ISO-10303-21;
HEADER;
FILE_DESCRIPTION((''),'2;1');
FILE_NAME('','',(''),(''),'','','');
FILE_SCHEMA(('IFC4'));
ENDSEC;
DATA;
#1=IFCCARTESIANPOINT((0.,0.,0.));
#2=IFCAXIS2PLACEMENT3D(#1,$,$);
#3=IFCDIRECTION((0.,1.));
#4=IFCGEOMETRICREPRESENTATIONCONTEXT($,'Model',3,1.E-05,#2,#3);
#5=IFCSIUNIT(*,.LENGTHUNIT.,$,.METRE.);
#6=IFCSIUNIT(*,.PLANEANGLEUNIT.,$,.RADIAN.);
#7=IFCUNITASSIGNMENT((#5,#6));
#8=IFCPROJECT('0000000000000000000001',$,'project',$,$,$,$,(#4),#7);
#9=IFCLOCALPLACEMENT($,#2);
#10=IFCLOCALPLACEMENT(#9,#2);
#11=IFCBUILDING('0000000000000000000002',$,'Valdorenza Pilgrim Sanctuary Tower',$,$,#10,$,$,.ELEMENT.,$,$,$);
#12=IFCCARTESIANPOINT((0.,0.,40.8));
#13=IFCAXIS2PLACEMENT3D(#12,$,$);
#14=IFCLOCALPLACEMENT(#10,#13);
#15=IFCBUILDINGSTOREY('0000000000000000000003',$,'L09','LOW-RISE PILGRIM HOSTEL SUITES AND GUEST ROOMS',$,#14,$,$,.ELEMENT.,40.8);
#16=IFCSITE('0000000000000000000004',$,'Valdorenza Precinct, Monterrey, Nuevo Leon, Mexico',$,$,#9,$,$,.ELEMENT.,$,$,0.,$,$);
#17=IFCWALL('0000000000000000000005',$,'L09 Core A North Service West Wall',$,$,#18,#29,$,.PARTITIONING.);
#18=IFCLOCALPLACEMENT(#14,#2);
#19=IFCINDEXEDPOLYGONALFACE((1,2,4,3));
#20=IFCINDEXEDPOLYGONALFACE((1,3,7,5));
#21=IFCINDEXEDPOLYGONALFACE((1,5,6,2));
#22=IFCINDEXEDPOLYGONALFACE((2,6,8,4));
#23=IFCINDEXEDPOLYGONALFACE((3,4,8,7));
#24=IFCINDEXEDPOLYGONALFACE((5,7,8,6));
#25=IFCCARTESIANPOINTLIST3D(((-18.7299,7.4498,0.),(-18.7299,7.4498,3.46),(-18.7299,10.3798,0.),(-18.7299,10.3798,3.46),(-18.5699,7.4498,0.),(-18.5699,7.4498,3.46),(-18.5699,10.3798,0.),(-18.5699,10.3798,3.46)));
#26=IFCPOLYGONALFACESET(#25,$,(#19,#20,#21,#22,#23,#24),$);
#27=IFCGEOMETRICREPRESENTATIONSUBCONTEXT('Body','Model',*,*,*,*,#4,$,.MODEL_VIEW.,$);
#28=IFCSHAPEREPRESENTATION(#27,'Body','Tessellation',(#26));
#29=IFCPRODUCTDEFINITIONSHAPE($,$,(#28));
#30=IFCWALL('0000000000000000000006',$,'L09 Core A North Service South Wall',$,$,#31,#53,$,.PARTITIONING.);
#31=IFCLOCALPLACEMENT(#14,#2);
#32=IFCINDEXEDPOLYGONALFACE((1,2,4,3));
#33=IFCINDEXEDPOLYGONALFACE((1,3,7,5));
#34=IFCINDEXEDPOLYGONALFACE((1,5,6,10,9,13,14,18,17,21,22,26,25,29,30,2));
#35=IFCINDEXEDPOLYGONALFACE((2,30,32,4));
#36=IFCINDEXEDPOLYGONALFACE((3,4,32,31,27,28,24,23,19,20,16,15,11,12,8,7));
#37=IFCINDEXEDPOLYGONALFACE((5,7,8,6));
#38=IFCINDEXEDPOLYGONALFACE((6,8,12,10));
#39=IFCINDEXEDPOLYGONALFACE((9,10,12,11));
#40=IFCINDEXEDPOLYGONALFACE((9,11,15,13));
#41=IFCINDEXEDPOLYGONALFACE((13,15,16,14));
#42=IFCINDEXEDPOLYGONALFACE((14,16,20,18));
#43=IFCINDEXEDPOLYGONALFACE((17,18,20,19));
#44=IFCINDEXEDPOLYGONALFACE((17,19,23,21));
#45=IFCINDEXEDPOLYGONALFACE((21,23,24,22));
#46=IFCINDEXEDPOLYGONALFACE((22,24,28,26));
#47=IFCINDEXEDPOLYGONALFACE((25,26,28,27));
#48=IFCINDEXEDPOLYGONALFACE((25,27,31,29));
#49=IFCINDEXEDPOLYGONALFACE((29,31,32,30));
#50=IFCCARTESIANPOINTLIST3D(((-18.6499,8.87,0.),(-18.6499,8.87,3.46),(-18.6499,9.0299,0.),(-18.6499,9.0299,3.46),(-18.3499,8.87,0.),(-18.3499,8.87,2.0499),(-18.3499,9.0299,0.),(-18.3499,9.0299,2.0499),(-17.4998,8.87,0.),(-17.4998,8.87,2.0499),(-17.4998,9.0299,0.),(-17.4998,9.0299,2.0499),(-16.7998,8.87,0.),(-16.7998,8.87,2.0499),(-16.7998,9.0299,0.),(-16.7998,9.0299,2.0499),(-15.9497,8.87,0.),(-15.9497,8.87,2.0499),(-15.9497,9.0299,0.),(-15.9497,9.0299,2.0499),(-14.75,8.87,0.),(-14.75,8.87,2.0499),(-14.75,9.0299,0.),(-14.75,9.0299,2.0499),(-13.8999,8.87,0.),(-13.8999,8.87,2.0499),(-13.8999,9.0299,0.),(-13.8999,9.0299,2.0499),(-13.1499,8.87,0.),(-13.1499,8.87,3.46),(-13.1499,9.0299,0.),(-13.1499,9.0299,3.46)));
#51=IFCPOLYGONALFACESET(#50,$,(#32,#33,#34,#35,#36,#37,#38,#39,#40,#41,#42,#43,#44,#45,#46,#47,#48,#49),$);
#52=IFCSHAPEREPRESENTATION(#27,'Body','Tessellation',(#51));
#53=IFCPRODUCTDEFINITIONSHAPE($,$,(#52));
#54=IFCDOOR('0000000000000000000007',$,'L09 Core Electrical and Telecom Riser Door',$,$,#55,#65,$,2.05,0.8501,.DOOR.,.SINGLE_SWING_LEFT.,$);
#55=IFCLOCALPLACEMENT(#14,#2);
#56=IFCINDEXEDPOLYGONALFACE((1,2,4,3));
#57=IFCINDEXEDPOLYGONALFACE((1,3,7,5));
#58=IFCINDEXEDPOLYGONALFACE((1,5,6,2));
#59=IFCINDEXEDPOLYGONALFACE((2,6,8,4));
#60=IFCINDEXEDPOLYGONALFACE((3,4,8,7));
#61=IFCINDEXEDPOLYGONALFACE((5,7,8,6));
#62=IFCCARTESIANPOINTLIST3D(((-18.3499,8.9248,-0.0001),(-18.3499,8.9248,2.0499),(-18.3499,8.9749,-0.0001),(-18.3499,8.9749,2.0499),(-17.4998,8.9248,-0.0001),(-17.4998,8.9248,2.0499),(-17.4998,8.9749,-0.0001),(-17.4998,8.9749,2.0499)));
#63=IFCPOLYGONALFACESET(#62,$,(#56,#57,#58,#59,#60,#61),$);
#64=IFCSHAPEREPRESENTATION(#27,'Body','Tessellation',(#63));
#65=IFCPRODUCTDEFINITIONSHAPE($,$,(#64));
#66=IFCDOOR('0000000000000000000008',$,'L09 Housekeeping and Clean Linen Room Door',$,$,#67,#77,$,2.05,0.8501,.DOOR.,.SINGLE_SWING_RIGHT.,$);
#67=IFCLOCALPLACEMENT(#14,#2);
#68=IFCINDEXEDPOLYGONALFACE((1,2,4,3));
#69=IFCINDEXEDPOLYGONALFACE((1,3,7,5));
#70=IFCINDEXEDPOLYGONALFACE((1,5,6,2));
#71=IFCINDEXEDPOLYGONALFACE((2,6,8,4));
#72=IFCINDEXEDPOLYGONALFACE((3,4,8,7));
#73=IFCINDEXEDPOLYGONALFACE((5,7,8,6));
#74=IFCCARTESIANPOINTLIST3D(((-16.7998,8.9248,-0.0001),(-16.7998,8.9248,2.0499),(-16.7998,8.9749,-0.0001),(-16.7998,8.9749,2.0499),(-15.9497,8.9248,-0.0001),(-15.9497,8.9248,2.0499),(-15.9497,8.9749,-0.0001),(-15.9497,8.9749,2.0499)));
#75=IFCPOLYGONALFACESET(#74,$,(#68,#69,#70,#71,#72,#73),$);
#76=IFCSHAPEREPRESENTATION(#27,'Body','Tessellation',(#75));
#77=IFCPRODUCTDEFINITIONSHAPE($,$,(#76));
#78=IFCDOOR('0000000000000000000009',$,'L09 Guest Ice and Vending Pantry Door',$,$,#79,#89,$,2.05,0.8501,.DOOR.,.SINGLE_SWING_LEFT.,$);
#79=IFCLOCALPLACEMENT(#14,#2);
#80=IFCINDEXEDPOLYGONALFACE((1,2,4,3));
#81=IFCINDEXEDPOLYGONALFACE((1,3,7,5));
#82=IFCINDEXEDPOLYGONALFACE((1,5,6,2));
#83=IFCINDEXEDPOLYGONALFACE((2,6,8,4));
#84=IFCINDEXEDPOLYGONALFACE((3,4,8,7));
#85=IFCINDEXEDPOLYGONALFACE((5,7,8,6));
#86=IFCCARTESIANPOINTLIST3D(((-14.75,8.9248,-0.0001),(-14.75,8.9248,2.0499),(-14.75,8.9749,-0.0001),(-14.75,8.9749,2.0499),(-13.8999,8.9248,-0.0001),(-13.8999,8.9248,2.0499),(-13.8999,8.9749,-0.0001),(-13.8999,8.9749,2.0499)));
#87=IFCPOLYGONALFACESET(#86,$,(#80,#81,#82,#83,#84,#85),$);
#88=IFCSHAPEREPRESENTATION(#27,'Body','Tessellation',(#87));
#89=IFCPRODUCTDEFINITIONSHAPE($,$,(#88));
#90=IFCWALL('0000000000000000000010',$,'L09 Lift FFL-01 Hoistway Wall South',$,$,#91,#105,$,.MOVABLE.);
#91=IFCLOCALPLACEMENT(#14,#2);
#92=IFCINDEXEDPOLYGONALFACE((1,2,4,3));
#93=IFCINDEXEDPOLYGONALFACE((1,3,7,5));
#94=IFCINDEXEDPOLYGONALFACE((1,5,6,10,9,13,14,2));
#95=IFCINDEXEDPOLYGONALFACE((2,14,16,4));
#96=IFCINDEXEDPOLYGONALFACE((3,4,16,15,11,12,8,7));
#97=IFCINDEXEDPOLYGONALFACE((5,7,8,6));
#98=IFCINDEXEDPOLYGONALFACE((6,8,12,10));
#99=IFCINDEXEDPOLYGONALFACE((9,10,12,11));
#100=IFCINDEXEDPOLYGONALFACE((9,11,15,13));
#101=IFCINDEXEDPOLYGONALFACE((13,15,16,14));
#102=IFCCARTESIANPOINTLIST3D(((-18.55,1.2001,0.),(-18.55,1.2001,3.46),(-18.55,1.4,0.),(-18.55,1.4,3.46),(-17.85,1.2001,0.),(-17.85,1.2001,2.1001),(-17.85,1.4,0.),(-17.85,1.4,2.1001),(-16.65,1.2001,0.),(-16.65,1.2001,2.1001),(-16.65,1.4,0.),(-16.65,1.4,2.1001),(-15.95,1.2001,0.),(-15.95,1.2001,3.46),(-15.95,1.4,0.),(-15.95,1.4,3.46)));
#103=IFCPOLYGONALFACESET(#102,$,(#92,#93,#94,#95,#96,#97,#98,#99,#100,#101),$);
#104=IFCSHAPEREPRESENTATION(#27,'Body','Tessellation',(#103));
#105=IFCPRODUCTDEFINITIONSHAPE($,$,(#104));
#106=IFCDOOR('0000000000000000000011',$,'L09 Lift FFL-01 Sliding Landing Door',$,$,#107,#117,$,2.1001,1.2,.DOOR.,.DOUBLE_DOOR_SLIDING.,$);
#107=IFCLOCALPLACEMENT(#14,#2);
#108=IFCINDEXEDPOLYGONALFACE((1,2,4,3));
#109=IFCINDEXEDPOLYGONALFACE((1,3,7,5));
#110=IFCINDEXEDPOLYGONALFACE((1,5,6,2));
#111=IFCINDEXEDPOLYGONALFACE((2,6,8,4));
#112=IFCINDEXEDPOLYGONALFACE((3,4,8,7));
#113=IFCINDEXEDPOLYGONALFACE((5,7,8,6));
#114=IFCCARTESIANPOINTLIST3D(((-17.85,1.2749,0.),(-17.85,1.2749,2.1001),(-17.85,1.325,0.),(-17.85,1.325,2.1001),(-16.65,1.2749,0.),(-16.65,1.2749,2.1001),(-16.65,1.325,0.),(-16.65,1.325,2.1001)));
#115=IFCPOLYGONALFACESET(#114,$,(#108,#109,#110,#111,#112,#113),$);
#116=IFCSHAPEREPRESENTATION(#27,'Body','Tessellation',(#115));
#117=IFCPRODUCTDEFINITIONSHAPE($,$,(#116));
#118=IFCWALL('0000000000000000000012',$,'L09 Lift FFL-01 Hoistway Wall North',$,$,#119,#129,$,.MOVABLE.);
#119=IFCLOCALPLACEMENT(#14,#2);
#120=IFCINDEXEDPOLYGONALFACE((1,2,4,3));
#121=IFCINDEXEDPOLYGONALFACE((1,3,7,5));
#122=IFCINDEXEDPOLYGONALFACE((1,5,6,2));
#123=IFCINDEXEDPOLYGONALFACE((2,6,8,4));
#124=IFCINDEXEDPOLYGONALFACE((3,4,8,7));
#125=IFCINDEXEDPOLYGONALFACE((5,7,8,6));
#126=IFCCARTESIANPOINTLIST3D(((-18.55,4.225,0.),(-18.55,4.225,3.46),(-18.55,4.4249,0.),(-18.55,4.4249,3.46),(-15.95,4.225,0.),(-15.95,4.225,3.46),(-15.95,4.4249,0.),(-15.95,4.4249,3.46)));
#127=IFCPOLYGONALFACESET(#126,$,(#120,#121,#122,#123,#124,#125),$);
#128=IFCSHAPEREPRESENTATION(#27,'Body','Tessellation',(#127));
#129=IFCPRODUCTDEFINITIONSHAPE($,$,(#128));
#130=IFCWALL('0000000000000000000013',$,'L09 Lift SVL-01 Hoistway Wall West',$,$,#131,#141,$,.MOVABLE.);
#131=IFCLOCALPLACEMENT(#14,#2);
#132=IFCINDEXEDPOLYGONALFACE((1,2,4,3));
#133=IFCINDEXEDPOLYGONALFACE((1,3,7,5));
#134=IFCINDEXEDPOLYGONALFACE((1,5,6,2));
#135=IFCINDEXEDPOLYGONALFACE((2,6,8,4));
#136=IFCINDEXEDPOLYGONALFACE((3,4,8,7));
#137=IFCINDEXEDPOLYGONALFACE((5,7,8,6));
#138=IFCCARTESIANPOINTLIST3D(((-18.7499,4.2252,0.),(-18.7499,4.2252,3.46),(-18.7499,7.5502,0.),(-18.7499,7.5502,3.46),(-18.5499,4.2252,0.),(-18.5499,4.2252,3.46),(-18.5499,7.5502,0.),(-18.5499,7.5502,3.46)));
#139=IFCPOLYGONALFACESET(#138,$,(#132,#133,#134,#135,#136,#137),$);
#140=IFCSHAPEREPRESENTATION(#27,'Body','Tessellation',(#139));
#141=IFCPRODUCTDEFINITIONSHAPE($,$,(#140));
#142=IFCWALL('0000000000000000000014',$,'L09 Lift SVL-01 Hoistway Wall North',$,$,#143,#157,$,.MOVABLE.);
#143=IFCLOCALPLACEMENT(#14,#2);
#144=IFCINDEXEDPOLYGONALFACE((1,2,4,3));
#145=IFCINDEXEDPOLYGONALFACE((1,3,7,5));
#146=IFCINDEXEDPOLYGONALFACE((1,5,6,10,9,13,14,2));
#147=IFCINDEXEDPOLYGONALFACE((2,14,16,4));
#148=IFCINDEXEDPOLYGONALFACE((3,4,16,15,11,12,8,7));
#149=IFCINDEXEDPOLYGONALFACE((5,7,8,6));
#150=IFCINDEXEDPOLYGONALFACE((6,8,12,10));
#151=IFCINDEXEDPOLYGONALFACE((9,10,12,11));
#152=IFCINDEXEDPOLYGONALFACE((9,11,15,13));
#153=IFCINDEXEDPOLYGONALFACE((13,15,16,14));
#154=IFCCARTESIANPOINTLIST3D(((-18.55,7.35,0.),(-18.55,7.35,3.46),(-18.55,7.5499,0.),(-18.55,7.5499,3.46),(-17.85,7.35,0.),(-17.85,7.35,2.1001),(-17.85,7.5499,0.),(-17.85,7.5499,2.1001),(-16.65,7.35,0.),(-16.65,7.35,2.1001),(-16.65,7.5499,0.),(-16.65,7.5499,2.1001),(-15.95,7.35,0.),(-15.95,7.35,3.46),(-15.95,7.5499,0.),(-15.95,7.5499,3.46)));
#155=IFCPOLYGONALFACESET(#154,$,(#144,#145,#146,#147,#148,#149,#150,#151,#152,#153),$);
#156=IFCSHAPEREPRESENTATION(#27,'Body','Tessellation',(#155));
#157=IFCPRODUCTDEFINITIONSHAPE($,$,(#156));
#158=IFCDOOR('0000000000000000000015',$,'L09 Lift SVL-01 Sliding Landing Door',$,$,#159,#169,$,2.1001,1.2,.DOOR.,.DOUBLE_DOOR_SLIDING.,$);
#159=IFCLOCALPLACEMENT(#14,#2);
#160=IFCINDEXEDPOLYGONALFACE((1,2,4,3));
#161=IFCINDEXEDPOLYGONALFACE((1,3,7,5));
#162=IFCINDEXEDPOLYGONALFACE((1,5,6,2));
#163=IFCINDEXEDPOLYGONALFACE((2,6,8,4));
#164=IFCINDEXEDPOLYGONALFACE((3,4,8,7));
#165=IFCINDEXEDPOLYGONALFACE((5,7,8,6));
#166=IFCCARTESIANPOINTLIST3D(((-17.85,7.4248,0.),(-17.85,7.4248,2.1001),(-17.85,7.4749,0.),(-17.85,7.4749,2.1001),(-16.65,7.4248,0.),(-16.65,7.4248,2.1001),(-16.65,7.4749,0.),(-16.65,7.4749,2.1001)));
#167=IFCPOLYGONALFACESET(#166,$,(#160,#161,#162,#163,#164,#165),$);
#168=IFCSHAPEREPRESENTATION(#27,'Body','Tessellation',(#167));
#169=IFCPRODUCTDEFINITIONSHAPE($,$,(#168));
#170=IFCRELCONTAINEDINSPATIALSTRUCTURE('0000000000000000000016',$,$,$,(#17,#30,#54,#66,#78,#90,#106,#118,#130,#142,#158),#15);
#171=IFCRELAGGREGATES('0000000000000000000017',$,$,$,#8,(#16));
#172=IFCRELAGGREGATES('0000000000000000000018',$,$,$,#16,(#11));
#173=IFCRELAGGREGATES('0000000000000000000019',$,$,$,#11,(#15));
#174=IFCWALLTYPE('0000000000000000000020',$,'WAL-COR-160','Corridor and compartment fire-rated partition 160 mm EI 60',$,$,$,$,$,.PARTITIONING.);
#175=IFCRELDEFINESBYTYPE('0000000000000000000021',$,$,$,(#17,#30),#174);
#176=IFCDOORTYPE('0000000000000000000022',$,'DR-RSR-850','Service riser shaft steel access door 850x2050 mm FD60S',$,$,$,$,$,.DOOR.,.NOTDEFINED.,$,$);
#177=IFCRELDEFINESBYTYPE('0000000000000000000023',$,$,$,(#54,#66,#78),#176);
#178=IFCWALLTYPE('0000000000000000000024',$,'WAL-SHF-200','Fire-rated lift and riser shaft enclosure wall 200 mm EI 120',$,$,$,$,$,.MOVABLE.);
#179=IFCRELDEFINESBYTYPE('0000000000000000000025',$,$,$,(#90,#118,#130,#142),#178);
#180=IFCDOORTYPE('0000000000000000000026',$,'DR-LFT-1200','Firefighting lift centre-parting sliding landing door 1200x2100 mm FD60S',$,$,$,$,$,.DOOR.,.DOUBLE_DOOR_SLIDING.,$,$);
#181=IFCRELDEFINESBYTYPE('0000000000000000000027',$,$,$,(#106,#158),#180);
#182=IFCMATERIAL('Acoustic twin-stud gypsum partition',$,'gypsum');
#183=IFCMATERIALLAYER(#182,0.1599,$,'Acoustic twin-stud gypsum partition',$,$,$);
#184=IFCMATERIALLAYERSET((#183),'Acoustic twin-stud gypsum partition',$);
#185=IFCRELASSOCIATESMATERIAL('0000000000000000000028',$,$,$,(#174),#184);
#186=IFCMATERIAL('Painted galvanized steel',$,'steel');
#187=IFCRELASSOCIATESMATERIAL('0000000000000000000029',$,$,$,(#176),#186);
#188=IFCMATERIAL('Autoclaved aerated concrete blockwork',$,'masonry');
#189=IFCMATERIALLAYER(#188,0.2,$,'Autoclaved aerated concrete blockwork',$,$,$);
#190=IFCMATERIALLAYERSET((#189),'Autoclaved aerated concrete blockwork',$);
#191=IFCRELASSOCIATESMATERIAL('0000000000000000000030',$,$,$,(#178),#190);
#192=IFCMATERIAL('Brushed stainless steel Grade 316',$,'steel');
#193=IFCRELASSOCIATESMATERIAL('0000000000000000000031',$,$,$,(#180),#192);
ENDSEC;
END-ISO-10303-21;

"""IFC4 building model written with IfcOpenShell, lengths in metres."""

from ifc_helpers import new_model, si_unit, direction, frame, frame_2d, origin, place, context, subcontext, project, spatial, rectangle, extrude, material, layer, layer_set, type_object, element, fill, save


model = new_model("IFC4")

# Units and contexts
model_context = context("Model", 3, precision=1e-05, world=origin(), true_north=direction((0.0, 1.0)))
body_context = subcontext(model_context, "Body", "Model", "MODEL_VIEW")
ifc_project = project(units=[si_unit("LENGTHUNIT", "METRE"), si_unit("PLANEANGLEUNIT", "RADIAN")], contexts=[model_context])

# Site, building, storey
site_placement = place(None, origin())
site = spatial("IfcSite", under=ifc_project, at=site_placement, Name="Valdorenza Precinct, Monterrey, Nuevo Leon, Mexico", CompositionType="ELEMENT", RefElevation=0.0)
building_placement = place(site_placement, origin())
building = spatial("IfcBuilding", under=site, at=building_placement, Name="Valdorenza Pilgrim Sanctuary Tower", CompositionType="ELEMENT")
storey_placement = place(building_placement, frame((0.0, 0.0, 40.8)))
storey = spatial("IfcBuildingStorey", under=building, at=storey_placement, Name="L09", Description="LOW-RISE PILGRIM HOSTEL SUITES AND GUEST ROOMS", CompositionType="ELEMENT", Elevation=40.8)

# Wall
ifc_material_1 = material(Name="Acoustic twin-stud gypsum partition", Category="gypsum")
ifc_layer_1 = layer(ifc_material_1, 0.1599, Name="Acoustic twin-stud gypsum partition")
ifc_layer_set_1 = layer_set([ifc_layer_1], Name="Acoustic twin-stud gypsum partition")
wall_type_1 = type_object("IfcWallType", Name="WAL-COR-160", Description="Corridor and compartment fire-rated partition 160 mm EI 60", PredefinedType="PARTITIONING", material=ifc_layer_set_1)
wall_1_placement = place(storey_placement, frame((-18.6499, 7.45, 0.0), z_axis=(0.0, 0.0, 1.0), x_axis=(0.0, 1.0, 0.0)))
element("IfcWall", 1, at=wall_1_placement, inside=storey, type_object=wall_type_1, Name="L09 Core A North Service West Wall", PredefinedType="PARTITIONING", context=body_context, shape_type="SweptSolid", body=[
    extrude(rectangle(XDim=2.9299, YDim=0.1599, at=frame_2d((1.4648, 0.0))), origin(), (0.0, 0.0, 1.0), 3.46),
])

# Wall, openings, doors
wall_2_placement = place(storey_placement, frame((-18.6499, 8.95, 0.0), z_axis=(0.0, 0.0, 1.0), x_axis=(1.0, 0.0, 0.0)))
wall_2 = element("IfcWall", 2, at=wall_2_placement, inside=storey, type_object=wall_type_1, Name="L09 Core A North Service South Wall", PredefinedType="PARTITIONING", context=body_context, shape_type="SweptSolid", body=[
    extrude(rectangle(XDim=5.5, YDim=0.1599, at=frame_2d((2.75, 0.0))), origin(), (0.0, 0.0, 1.0), 3.46),
])
opening_1_placement = place(wall_2_placement, frame((0.3, 0.0, 0.0)))
opening_1 = element("IfcOpeningElement", 3, at=opening_1_placement, cuts=wall_2, PredefinedType="OPENING", context=body_context, shape_type="SweptSolid", body=[
    extrude(rectangle(XDim=0.8501, YDim=2.05, at=frame_2d((0.425, 1.0249))), frame((0.0, 0.0947, 0.0), z_axis=(0.0, -1.0, 0.0), x_axis=(1.0, 0.0, 0.0)), (0.0, 0.0, 1.0), 0.1897),
])
opening_2_placement = place(wall_2_placement, frame((1.8501, 0.0, 0.0)))
opening_2 = element("IfcOpeningElement", 4, at=opening_2_placement, cuts=wall_2, PredefinedType="OPENING", context=body_context, shape_type="SweptSolid", body=[
    extrude(rectangle(XDim=0.8501, YDim=2.05, at=frame_2d((0.425, 1.0249))), frame((0.0, 0.0947, 0.0), z_axis=(0.0, -1.0, 0.0), x_axis=(1.0, 0.0, 0.0)), (0.0, 0.0, 1.0), 0.1897),
])
opening_3_placement = place(wall_2_placement, frame((3.8999, 0.0, 0.0)))
opening_3 = element("IfcOpeningElement", 5, at=opening_3_placement, cuts=wall_2, PredefinedType="OPENING", context=body_context, shape_type="SweptSolid", body=[
    extrude(rectangle(XDim=0.8501, YDim=2.05, at=frame_2d((0.425, 1.0249))), frame((0.0, 0.0947, 0.0), z_axis=(0.0, -1.0, 0.0), x_axis=(1.0, 0.0, 0.0)), (0.0, 0.0, 1.0), 0.1897),
])
ifc_material_2 = material(Name="Painted galvanized steel", Category="steel")
door_type_1 = type_object("IfcDoorType", Name="DR-RSR-850", Description="Service riser shaft steel access door 850x2050 mm FD60S", OperationType="NOTDEFINED", PredefinedType="DOOR", material=ifc_material_2)
door_1_placement = place(opening_1_placement, origin())
door_1 = element("IfcDoor", 6, at=door_1_placement, inside=storey, type_object=door_type_1, Name="L09 Core Electrical and Telecom Riser Door", OperationType="SINGLE_SWING_LEFT", OverallHeight=2.05, OverallWidth=0.8501, PredefinedType="DOOR", context=body_context, shape_type="SweptSolid", body=[
    extrude(rectangle(XDim=0.8501, YDim=2.05, at=frame_2d((0.425, 1.0249))), frame((0.0, 0.0249, 0.0), z_axis=(0.0, -1.0, 0.0), x_axis=(1.0, 0.0, 0.0)), (0.0, 0.0, 1.0), 0.05),
])
fill(opening_1, door_1)
door_2_placement = place(opening_2_placement, origin())
door_2 = element("IfcDoor", 7, at=door_2_placement, inside=storey, type_object=door_type_1, Name="L09 Housekeeping and Clean Linen Room Door", OperationType="SINGLE_SWING_RIGHT", OverallHeight=2.05, OverallWidth=0.8501, PredefinedType="DOOR", context=body_context, shape_type="SweptSolid", body=[
    extrude(rectangle(XDim=0.8501, YDim=2.05, at=frame_2d((0.425, 1.0249))), frame((0.0, 0.0249, 0.0), z_axis=(0.0, -1.0, 0.0), x_axis=(1.0, 0.0, 0.0)), (0.0, 0.0, 1.0), 0.05),
])
fill(opening_2, door_2)
door_3_placement = place(opening_3_placement, origin())
door_3 = element("IfcDoor", 8, at=door_3_placement, inside=storey, type_object=door_type_1, Name="L09 Guest Ice and Vending Pantry Door", OperationType="SINGLE_SWING_LEFT", OverallHeight=2.05, OverallWidth=0.8501, PredefinedType="DOOR", context=body_context, shape_type="SweptSolid", body=[
    extrude(rectangle(XDim=0.8501, YDim=2.05, at=frame_2d((0.425, 1.0249))), frame((0.0, 0.0249, 0.0), z_axis=(0.0, -1.0, 0.0), x_axis=(1.0, 0.0, 0.0)), (0.0, 0.0, 1.0), 0.05),
])
fill(opening_3, door_3)

# Wall, opening, door
ifc_material_3 = material(Name="Autoclaved aerated concrete blockwork", Category="masonry")
ifc_layer_2 = layer(ifc_material_3, 0.2, Name="Autoclaved aerated concrete blockwork")
ifc_layer_set_2 = layer_set([ifc_layer_2], Name="Autoclaved aerated concrete blockwork")
wall_type_2 = type_object("IfcWallType", Name="WAL-SHF-200", Description="Fire-rated lift and riser shaft enclosure wall 200 mm EI 120", PredefinedType="MOVABLE", material=ifc_layer_set_2)
wall_3_placement = place(storey_placement, frame((-18.55, 1.3, 0.0), z_axis=(0.0, 0.0, 1.0), x_axis=(1.0, 0.0, 0.0)))
wall_3 = element("IfcWall", 9, at=wall_3_placement, inside=storey, type_object=wall_type_2, Name="L09 Lift FFL-01 Hoistway Wall South", PredefinedType="MOVABLE", context=body_context, shape_type="SweptSolid", body=[
    extrude(rectangle(XDim=2.6001, YDim=0.2, at=frame_2d((1.3, 0.0))), origin(), (0.0, 0.0, 1.0), 3.46),
])
opening_4_placement = place(wall_3_placement, frame((0.7, 0.0, 0.0)))
opening_4 = element("IfcOpeningElement", 10, at=opening_4_placement, cuts=wall_3, PredefinedType="OPENING", context=body_context, shape_type="SweptSolid", body=[
    extrude(rectangle(XDim=1.2, YDim=2.1001, at=frame_2d((0.6001, 1.05))), frame((0.0, 0.1147, 0.0), z_axis=(0.0, -1.0, 0.0), x_axis=(1.0, 0.0, 0.0)), (0.0, 0.0, 1.0), 0.2297),
])
ifc_material_4 = material(Name="Brushed stainless steel Grade 316", Category="steel")
door_type_2 = type_object("IfcDoorType", Name="DR-LFT-1200", Description="Firefighting lift centre-parting sliding landing door 1200x2100 mm FD60S", OperationType="DOUBLE_DOOR_SLIDING", PredefinedType="DOOR", material=ifc_material_4)
door_4_placement = place(opening_4_placement, origin())
door_4 = element("IfcDoor", 11, at=door_4_placement, inside=storey, type_object=door_type_2, Name="L09 Lift FFL-01 Sliding Landing Door", OperationType="DOUBLE_DOOR_SLIDING", OverallHeight=2.1001, OverallWidth=1.2, PredefinedType="DOOR", context=body_context, shape_type="SweptSolid", body=[
    extrude(rectangle(XDim=1.2, YDim=2.1001, at=frame_2d((0.6001, 1.05))), frame((0.0, 0.0249, 0.0), z_axis=(0.0, -1.0, 0.0), x_axis=(1.0, 0.0, 0.0)), (0.0, 0.0, 1.0), 0.05),
])
fill(opening_4, door_4)

# Walls
wall_4_placement = place(storey_placement, frame((-18.55, 4.325, 0.0), z_axis=(0.0, 0.0, 1.0), x_axis=(1.0, 0.0, 0.0)))
element("IfcWall", 12, at=wall_4_placement, inside=storey, type_object=wall_type_2, Name="L09 Lift FFL-01 Hoistway Wall North", PredefinedType="MOVABLE", context=body_context, shape_type="SweptSolid", body=[
    extrude(rectangle(XDim=2.6001, YDim=0.2, at=frame_2d((1.3, 0.0))), origin(), (0.0, 0.0, 1.0), 3.46),
])
wall_5_placement = place(storey_placement, frame((-18.6499, 4.2251, 0.0), z_axis=(0.0, 0.0, 1.0), x_axis=(0.0, 1.0, 0.0)))
element("IfcWall", 13, at=wall_5_placement, inside=storey, type_object=wall_type_2, Name="L09 Lift SVL-01 Hoistway Wall West", PredefinedType="MOVABLE", context=body_context, shape_type="SweptSolid", body=[
    extrude(rectangle(XDim=3.325, YDim=0.2, at=frame_2d((1.6626, 0.0))), origin(), (0.0, 0.0, 1.0), 3.46),
])

# Wall, opening, door
wall_6_placement = place(storey_placement, frame((-18.55, 7.45, 0.0), z_axis=(0.0, 0.0, 1.0), x_axis=(1.0, 0.0, 0.0)))
wall_6 = element("IfcWall", 14, at=wall_6_placement, inside=storey, type_object=wall_type_2, Name="L09 Lift SVL-01 Hoistway Wall North", PredefinedType="MOVABLE", context=body_context, shape_type="SweptSolid", body=[
    extrude(rectangle(XDim=2.6001, YDim=0.2, at=frame_2d((1.3, 0.0))), origin(), (0.0, 0.0, 1.0), 3.46),
])
opening_5_placement = place(wall_6_placement, frame((0.7, 0.0, 0.0)))
opening_5 = element("IfcOpeningElement", 15, at=opening_5_placement, cuts=wall_6, PredefinedType="OPENING", context=body_context, shape_type="SweptSolid", body=[
    extrude(rectangle(XDim=1.2, YDim=2.1001, at=frame_2d((0.6001, 1.05))), frame((0.0, 0.1147, 0.0), z_axis=(0.0, -1.0, 0.0), x_axis=(1.0, 0.0, 0.0)), (0.0, 0.0, 1.0), 0.2297),
])
door_5_placement = place(opening_5_placement, origin())
door_5 = element("IfcDoor", 16, at=door_5_placement, inside=storey, type_object=door_type_2, Name="L09 Lift SVL-01 Sliding Landing Door", OperationType="DOUBLE_DOOR_SLIDING", OverallHeight=2.1001, OverallWidth=1.2, PredefinedType="DOOR", context=body_context, shape_type="SweptSolid", body=[
    extrude(rectangle(XDim=1.2, YDim=2.1001, at=frame_2d((0.6001, 1.05))), frame((0.0, 0.0249, 0.0), z_axis=(0.0, -1.0, 0.0), x_axis=(1.0, 0.0, 0.0)), (0.0, 0.0, 1.0), 0.05),
])
fill(opening_5, door_5)

save(model, "model.ifc")
